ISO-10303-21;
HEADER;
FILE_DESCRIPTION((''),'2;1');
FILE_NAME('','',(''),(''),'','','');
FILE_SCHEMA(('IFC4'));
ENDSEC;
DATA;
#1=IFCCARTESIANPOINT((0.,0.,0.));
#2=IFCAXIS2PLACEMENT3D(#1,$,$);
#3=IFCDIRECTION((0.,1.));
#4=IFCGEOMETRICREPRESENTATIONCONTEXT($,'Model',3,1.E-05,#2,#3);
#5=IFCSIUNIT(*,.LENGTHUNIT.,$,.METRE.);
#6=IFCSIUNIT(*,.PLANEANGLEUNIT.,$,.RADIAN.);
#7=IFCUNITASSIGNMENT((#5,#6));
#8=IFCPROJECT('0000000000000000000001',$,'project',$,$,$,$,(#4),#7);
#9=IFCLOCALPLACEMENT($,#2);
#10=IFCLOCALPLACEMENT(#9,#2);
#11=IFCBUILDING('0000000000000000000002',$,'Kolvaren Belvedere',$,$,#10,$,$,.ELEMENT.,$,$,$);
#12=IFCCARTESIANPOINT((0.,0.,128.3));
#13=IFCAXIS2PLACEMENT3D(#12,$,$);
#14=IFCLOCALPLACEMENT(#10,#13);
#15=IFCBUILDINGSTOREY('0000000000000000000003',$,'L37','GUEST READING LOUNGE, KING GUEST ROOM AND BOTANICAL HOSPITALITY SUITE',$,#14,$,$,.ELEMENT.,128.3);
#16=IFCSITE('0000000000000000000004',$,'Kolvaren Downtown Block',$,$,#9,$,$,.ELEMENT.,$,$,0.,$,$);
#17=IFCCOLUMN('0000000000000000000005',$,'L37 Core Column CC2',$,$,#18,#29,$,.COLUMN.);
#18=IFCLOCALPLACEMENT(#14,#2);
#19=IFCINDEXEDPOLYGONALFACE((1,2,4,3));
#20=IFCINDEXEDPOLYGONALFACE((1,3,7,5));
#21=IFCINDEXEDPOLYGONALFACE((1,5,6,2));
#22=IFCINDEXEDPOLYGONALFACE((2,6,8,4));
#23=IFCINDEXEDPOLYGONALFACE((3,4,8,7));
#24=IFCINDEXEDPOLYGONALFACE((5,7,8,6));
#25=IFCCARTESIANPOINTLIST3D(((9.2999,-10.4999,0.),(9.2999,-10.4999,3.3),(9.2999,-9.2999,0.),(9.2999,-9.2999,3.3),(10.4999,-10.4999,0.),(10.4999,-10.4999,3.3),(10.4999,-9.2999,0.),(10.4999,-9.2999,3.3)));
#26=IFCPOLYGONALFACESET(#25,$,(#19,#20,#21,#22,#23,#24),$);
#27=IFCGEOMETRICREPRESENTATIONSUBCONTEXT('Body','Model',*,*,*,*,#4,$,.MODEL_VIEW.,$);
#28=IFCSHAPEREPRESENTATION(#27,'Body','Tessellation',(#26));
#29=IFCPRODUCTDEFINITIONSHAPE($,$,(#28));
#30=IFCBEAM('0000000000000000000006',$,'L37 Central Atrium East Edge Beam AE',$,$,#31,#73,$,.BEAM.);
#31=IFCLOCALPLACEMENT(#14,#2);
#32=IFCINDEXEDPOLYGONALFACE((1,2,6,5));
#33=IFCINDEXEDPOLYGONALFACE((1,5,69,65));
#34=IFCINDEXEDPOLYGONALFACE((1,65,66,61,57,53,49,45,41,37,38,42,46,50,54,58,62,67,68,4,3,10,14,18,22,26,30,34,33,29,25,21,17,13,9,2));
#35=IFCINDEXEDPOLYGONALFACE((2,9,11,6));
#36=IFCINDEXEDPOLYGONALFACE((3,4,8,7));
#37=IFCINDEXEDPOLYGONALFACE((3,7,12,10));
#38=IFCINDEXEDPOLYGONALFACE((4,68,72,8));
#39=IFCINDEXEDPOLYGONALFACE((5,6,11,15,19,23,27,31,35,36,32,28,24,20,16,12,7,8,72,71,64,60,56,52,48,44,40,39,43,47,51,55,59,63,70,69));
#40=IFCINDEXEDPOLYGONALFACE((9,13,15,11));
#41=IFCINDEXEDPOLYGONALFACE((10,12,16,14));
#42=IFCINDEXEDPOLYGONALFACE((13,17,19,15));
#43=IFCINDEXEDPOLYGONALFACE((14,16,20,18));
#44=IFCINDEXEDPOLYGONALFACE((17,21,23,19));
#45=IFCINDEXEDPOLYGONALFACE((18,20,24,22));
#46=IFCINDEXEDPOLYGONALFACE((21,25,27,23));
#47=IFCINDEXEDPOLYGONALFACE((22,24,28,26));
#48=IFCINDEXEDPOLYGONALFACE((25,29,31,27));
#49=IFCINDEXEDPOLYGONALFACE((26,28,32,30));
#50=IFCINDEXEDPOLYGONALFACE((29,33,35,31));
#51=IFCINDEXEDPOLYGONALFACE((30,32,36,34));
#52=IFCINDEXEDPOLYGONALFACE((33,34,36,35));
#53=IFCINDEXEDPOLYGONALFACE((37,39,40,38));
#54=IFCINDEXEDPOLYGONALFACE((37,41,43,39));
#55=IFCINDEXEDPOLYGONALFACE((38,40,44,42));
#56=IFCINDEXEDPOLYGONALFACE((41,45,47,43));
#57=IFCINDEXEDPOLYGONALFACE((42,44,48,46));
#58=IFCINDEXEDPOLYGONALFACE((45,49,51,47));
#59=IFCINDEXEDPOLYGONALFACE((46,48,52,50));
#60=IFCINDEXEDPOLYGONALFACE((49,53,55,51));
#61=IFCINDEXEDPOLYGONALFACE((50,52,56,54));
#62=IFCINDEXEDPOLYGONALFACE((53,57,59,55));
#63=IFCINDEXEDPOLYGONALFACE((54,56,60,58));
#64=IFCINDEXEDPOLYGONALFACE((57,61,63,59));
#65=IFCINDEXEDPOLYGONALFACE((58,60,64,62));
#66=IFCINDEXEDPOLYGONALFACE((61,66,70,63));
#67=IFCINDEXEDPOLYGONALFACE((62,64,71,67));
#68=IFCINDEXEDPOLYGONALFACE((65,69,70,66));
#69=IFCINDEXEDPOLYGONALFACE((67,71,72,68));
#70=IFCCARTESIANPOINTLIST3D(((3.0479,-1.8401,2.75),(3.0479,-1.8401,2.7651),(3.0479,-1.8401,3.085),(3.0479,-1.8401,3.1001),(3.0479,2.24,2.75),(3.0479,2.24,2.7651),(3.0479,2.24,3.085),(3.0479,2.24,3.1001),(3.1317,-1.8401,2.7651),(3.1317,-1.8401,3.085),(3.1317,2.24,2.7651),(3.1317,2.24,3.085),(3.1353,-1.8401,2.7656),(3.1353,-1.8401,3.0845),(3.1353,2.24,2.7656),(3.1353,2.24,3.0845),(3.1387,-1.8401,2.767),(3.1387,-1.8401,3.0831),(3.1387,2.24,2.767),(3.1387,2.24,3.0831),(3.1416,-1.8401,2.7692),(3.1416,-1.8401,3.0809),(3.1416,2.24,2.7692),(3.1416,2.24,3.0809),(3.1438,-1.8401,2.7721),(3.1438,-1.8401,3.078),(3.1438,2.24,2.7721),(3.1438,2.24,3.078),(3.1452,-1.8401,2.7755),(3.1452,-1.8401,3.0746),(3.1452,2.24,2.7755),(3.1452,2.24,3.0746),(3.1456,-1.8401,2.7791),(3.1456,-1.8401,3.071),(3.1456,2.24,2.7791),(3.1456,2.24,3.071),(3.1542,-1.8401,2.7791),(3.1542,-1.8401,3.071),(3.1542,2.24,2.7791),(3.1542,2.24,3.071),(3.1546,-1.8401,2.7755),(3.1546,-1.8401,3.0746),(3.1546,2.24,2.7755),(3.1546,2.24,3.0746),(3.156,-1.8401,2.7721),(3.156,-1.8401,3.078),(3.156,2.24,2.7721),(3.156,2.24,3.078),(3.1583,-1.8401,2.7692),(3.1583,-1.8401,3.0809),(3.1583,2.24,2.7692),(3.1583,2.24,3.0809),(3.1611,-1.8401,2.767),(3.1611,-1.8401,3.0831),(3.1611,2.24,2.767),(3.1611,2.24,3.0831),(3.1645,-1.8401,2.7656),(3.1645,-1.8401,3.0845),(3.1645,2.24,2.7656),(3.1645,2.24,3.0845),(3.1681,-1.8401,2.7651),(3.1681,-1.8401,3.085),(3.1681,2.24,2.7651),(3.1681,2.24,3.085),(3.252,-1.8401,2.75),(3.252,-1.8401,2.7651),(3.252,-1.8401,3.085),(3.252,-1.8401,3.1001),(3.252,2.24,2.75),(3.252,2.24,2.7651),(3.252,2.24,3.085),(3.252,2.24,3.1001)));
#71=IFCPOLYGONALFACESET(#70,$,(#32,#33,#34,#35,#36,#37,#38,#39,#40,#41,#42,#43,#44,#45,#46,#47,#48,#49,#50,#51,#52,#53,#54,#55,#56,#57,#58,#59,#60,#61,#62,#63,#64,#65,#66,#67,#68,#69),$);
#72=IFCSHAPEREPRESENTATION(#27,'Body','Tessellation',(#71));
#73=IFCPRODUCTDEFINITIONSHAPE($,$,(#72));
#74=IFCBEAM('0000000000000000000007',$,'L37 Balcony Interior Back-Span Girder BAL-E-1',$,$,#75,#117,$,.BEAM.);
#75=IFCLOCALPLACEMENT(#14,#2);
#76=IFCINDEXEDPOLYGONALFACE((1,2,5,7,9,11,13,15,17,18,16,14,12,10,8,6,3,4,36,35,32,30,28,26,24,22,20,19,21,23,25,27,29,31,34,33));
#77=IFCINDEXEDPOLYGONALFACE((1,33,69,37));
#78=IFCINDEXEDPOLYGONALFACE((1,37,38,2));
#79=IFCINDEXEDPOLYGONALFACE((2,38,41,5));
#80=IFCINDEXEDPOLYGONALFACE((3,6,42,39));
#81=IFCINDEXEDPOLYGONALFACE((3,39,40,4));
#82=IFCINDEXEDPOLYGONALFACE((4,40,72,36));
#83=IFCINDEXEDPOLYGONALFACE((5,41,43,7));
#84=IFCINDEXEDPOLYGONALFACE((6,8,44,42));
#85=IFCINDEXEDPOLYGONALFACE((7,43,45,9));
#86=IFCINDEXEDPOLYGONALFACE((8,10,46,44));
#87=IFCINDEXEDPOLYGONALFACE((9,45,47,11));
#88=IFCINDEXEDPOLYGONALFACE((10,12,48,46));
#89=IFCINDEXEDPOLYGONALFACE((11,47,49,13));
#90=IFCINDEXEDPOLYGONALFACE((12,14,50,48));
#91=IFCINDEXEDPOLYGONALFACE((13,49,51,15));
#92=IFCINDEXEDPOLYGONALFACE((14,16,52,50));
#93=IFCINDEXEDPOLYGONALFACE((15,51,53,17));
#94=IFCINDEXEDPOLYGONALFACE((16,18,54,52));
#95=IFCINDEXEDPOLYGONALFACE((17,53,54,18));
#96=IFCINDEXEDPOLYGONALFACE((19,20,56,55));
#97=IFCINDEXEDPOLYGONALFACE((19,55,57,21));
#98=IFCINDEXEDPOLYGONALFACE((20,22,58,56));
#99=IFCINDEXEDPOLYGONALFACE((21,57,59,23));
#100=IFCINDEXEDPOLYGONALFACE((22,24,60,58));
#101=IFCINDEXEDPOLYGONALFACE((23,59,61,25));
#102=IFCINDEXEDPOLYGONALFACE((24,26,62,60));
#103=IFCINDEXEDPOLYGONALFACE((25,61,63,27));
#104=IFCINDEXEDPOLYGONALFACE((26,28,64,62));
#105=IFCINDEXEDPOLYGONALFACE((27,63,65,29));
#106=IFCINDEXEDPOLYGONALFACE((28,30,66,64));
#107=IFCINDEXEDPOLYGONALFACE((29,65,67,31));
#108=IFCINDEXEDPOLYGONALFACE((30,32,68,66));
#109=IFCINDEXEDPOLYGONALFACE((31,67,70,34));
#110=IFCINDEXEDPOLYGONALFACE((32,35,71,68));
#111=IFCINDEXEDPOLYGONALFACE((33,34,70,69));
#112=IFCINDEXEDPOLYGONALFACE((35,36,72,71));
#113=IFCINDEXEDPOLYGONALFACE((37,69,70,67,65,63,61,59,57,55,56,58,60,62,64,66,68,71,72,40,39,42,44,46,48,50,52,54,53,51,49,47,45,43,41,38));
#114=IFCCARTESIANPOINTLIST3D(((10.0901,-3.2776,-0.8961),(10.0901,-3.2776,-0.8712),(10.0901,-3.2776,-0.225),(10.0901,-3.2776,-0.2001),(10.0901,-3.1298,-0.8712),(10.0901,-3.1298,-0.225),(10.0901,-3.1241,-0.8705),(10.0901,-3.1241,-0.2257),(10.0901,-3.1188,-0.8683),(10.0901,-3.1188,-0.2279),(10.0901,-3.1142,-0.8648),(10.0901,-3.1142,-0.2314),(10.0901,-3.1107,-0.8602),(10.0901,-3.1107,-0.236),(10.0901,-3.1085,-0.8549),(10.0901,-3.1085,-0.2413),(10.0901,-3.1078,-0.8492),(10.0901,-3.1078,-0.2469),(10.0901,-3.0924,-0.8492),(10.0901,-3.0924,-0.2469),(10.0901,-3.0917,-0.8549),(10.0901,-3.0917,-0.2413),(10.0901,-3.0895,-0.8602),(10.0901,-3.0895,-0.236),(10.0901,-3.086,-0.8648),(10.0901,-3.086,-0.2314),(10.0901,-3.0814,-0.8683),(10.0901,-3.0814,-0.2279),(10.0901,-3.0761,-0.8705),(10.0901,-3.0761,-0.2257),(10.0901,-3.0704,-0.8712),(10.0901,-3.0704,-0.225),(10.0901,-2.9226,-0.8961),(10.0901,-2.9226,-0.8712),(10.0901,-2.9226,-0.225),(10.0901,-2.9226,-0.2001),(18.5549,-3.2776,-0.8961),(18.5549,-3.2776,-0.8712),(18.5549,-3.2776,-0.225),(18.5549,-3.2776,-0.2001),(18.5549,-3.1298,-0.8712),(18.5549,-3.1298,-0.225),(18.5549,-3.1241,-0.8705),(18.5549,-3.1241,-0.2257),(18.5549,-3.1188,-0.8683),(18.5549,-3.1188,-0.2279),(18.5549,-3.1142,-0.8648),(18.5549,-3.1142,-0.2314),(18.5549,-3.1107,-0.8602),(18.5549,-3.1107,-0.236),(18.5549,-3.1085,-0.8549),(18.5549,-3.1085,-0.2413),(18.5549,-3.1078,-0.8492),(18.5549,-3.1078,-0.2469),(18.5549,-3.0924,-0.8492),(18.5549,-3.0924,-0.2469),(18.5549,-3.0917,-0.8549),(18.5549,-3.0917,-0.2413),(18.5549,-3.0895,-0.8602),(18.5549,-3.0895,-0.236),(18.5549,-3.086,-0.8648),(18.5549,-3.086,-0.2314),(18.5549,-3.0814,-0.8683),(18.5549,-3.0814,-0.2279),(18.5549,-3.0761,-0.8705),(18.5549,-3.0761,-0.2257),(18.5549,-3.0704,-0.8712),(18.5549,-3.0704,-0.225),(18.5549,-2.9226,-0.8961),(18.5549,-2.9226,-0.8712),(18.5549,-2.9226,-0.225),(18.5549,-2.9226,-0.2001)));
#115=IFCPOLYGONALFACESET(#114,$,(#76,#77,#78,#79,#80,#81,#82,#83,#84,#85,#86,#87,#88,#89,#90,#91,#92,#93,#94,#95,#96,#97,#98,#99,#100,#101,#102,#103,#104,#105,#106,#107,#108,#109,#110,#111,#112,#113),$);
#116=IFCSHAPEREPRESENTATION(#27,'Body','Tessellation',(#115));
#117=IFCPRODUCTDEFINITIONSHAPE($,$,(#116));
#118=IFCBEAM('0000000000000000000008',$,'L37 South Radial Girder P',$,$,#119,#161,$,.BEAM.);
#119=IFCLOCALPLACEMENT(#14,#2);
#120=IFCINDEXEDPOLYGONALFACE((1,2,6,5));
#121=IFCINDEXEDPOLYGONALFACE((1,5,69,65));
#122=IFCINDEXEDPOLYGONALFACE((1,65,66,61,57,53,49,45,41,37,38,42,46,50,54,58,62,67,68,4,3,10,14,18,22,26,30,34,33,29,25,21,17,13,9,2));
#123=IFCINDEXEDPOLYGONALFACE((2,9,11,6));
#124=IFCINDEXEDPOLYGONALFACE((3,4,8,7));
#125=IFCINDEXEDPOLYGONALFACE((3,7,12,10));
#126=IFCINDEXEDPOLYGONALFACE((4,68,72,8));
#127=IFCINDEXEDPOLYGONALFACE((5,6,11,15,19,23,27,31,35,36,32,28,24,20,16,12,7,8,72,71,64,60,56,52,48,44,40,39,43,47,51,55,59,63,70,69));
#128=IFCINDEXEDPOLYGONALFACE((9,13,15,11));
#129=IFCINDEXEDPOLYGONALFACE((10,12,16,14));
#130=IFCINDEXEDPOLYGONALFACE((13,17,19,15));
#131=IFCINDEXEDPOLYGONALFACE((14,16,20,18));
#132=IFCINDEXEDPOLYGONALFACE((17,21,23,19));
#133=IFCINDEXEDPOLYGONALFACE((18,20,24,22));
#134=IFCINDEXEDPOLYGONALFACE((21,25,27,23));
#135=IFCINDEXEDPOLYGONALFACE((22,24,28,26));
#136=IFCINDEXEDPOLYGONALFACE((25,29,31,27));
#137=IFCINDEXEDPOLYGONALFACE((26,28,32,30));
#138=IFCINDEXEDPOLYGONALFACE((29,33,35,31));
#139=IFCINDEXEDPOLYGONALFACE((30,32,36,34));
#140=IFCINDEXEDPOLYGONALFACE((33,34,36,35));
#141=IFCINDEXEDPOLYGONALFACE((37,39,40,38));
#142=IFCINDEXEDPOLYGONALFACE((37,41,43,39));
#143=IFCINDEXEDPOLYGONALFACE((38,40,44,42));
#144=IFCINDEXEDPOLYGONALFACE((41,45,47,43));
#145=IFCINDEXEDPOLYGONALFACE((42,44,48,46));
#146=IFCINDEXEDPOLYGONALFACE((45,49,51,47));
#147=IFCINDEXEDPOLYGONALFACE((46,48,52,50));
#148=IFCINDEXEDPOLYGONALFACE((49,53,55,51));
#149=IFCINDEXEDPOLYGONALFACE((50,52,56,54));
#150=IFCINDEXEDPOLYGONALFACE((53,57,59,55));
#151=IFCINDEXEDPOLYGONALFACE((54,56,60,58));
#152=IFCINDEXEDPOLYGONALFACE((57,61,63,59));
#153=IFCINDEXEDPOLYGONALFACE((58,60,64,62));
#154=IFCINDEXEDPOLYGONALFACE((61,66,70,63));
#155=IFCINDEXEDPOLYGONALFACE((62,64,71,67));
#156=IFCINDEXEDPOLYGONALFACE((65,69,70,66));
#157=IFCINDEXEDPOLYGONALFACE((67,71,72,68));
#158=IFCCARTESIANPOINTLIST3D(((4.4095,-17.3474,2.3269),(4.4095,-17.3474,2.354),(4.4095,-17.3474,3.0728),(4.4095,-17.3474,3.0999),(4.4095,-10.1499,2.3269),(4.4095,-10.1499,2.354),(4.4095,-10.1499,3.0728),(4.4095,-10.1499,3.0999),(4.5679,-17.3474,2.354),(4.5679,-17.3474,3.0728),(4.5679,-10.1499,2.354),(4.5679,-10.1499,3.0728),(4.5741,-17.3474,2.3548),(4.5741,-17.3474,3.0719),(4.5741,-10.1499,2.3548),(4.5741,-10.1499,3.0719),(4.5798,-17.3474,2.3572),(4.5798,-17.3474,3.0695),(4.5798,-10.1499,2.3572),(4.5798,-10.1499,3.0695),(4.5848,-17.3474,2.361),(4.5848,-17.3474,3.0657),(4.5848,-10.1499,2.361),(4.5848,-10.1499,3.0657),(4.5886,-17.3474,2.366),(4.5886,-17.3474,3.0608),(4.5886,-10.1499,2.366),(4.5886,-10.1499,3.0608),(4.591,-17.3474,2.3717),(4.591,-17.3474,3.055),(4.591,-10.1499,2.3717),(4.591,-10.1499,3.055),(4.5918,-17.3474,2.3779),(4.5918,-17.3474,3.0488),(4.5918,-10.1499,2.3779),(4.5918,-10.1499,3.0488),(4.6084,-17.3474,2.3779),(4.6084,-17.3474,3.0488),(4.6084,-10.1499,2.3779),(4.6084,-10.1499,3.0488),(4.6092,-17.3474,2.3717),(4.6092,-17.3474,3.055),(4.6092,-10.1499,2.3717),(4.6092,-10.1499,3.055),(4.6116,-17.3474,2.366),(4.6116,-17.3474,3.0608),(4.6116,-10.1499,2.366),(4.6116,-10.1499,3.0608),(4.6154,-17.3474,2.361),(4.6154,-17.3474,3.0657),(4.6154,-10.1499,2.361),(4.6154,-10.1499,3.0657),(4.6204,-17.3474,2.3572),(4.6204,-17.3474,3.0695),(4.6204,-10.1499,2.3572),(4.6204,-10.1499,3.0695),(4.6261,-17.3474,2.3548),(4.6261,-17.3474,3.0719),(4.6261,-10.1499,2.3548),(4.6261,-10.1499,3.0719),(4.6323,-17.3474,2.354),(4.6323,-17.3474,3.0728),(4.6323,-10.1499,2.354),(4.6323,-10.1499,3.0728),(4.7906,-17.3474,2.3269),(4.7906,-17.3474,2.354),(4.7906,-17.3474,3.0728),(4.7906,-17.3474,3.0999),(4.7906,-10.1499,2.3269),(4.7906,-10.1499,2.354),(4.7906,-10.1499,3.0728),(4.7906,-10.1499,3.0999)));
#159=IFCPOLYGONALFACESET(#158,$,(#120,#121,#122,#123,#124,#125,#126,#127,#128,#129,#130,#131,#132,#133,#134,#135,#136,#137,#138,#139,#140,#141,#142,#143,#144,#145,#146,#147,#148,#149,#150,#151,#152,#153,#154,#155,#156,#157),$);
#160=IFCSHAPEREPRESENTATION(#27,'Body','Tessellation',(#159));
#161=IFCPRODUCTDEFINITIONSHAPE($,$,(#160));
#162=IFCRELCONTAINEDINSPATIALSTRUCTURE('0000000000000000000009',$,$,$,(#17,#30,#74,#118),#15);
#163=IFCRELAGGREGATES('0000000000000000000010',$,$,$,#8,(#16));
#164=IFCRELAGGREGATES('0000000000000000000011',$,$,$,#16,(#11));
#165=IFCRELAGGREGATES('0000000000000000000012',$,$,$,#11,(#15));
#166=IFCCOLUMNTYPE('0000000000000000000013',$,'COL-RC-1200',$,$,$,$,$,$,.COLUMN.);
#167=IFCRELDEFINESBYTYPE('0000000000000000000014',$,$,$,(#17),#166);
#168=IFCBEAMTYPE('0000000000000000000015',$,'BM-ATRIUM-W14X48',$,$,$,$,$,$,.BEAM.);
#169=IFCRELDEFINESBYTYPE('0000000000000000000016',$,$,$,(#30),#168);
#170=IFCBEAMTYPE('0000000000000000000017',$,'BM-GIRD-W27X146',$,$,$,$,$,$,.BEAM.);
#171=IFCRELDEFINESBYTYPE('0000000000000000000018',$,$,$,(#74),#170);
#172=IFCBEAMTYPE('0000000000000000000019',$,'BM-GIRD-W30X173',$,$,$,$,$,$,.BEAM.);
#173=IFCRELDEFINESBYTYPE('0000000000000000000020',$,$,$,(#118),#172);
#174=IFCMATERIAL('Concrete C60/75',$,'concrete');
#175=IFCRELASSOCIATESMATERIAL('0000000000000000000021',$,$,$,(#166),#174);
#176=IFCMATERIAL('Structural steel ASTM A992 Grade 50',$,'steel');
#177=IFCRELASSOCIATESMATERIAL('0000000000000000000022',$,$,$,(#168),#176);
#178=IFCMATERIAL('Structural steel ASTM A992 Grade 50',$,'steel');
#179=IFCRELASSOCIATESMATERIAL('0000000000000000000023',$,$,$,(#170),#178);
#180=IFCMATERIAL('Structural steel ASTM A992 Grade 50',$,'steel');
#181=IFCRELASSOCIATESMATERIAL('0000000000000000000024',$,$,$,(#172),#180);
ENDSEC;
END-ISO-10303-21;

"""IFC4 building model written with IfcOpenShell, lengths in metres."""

from ifc_helpers import new_model, si_unit, direction, frame, origin, origin_2d, place, context, subcontext, project, spatial, rectangle, i_section, extrude, material, material_profile, profile_set, type_object, element, save


model = new_model("IFC4")

# Units and contexts
model_context = context("Model", 3, precision=1e-05, world=origin(), true_north=direction((0.0, 1.0)))
body_context = subcontext(model_context, "Body", "Model", "MODEL_VIEW")
ifc_project = project(units=[si_unit("LENGTHUNIT", "METRE"), si_unit("PLANEANGLEUNIT", "RADIAN")], contexts=[model_context])

# Site, building, storey
site_placement = place(None, origin())
site = spatial("IfcSite", under=ifc_project, at=site_placement, Name="Kolvaren Downtown Block", CompositionType="ELEMENT", RefElevation=0.0)
building_placement = place(site_placement, origin())
building = spatial("IfcBuilding", under=site, at=building_placement, Name="Kolvaren Belvedere", CompositionType="ELEMENT")
storey_placement = place(building_placement, frame((0.0, 0.0, 128.3)))
storey = spatial("IfcBuildingStorey", under=building, at=storey_placement, Name="L37", Description="GUEST READING LOUNGE, KING GUEST ROOM AND BOTANICAL HOSPITALITY SUITE", CompositionType="ELEMENT", Elevation=128.3)

# Column
ifc_material_1 = material(Name="Concrete C60/75", Category="concrete")
ifc_material_profile_1 = material_profile(ifc_material_1, rectangle(XDim=1.2, YDim=1.2, at=origin_2d()), Name="RC 1200X1200")
ifc_profile_set_1 = profile_set([ifc_material_profile_1], Name="Concrete C60/75")
column_type = type_object("IfcColumnType", Name="COL-RC-1200", PredefinedType="COLUMN", material=ifc_profile_set_1)
column_placement = place(storey_placement, frame((9.8999, -9.8999, 0.0), z_axis=(0.0, 0.0, 1.0), x_axis=(1.0, 0.0, 0.0)))
element("IfcColumn", 1, at=column_placement, inside=storey, type_object=column_type, Name="L37 Core Column CC2", PredefinedType="COLUMN", context=body_context, shape_type="SweptSolid", body=[
    extrude(rectangle(XDim=1.2, YDim=1.2, at=origin_2d()), origin(), (0.0, 0.0, 1.0), 3.3),
])

# Beams
ifc_material_2 = material(Name="Structural steel ASTM A992 Grade 50", Category="steel")
ifc_material_profile_2 = material_profile(ifc_material_2, i_section(OverallWidth=0.2041, OverallDepth=0.3501, WebThickness=0.0085, FlangeThickness=0.0151, FilletRadius=0.0139, at=origin_2d()), Name="W14X48")
ifc_profile_set_2 = profile_set([ifc_material_profile_2], Name="Structural steel ASTM A992 Grade 50")
beam_type_1 = type_object("IfcBeamType", Name="BM-ATRIUM-W14X48", PredefinedType="BEAM", material=ifc_profile_set_2)
beam_1_placement = place(storey_placement, frame((3.1499, -1.8401, 2.925), z_axis=(0.0, 1.0, 0.0), x_axis=(-1.0, 0.0, 0.0)))
element("IfcBeam", 2, at=beam_1_placement, inside=storey, type_object=beam_type_1, Name="L37 Central Atrium East Edge Beam AE", PredefinedType="BEAM", context=body_context, shape_type="SweptSolid", body=[
    extrude(i_section(OverallWidth=0.2041, OverallDepth=0.3501, WebThickness=0.0085, FlangeThickness=0.0151, FilletRadius=0.0139, at=origin_2d()), origin(), (0.0, 0.0, 1.0), 4.0801),
])
ifc_material_3 = material(Name="Structural steel ASTM A992 Grade 50", Category="steel")
ifc_material_profile_3 = material_profile(ifc_material_3, i_section(OverallWidth=0.355, OverallDepth=0.696, WebThickness=0.0154, FlangeThickness=0.0249, FilletRadius=0.022, at=origin_2d()), Name="W27X146")
ifc_profile_set_3 = profile_set([ifc_material_profile_3], Name="Structural steel ASTM A992 Grade 50")
beam_type_2 = type_object("IfcBeamType", Name="BM-GIRD-W27X146", PredefinedType="BEAM", material=ifc_profile_set_3)
beam_2_placement = place(storey_placement, frame((10.0901, -3.1001, -0.5481), z_axis=(1.0, 0.0, 0.0), x_axis=(0.0, 1.0, 0.0)))
element("IfcBeam", 3, at=beam_2_placement, inside=storey, type_object=beam_type_2, Name="L37 Balcony Interior Back-Span Girder BAL-E-1", PredefinedType="BEAM", context=body_context, shape_type="SweptSolid", body=[
    extrude(i_section(OverallWidth=0.355, OverallDepth=0.696, WebThickness=0.0154, FlangeThickness=0.0249, FilletRadius=0.022, at=origin_2d()), origin(), (0.0, 0.0, 1.0), 8.4648),
])
ifc_material_4 = material(Name="Structural steel ASTM A992 Grade 50", Category="steel")
ifc_material_profile_4 = material_profile(ifc_material_4, i_section(OverallWidth=0.3811, OverallDepth=0.7729, WebThickness=0.0166, FlangeThickness=0.0271, FilletRadius=0.0239, at=origin_2d()), Name="W30X173")
ifc_profile_set_4 = profile_set([ifc_material_profile_4], Name="Structural steel ASTM A992 Grade 50")
beam_type_3 = type_object("IfcBeamType", Name="BM-GIRD-W30X173", PredefinedType="BEAM", material=ifc_profile_set_4)
for number, where, z_axis, x_axis, name in (
    (4, (4.6001, -10.1499, 2.7134), (0.0, -1.0, 0.0), (1.0, 0.0, 0.0), "L37 South Radial Girder P"),
):
    element("IfcBeam", number, at=place(storey_placement, frame(where, z_axis=z_axis, x_axis=x_axis)), inside=storey, type_object=beam_type_3, Name=name, PredefinedType="BEAM", context=body_context, shape_type="SweptSolid", body=[
        extrude(i_section(OverallWidth=0.3811, OverallDepth=0.7729, WebThickness=0.0166, FlangeThickness=0.0271, FilletRadius=0.0239, at=origin_2d()), origin(), (0.0, 0.0, 1.0), 7.1975),
    ])

save(model, "model.ifc")
